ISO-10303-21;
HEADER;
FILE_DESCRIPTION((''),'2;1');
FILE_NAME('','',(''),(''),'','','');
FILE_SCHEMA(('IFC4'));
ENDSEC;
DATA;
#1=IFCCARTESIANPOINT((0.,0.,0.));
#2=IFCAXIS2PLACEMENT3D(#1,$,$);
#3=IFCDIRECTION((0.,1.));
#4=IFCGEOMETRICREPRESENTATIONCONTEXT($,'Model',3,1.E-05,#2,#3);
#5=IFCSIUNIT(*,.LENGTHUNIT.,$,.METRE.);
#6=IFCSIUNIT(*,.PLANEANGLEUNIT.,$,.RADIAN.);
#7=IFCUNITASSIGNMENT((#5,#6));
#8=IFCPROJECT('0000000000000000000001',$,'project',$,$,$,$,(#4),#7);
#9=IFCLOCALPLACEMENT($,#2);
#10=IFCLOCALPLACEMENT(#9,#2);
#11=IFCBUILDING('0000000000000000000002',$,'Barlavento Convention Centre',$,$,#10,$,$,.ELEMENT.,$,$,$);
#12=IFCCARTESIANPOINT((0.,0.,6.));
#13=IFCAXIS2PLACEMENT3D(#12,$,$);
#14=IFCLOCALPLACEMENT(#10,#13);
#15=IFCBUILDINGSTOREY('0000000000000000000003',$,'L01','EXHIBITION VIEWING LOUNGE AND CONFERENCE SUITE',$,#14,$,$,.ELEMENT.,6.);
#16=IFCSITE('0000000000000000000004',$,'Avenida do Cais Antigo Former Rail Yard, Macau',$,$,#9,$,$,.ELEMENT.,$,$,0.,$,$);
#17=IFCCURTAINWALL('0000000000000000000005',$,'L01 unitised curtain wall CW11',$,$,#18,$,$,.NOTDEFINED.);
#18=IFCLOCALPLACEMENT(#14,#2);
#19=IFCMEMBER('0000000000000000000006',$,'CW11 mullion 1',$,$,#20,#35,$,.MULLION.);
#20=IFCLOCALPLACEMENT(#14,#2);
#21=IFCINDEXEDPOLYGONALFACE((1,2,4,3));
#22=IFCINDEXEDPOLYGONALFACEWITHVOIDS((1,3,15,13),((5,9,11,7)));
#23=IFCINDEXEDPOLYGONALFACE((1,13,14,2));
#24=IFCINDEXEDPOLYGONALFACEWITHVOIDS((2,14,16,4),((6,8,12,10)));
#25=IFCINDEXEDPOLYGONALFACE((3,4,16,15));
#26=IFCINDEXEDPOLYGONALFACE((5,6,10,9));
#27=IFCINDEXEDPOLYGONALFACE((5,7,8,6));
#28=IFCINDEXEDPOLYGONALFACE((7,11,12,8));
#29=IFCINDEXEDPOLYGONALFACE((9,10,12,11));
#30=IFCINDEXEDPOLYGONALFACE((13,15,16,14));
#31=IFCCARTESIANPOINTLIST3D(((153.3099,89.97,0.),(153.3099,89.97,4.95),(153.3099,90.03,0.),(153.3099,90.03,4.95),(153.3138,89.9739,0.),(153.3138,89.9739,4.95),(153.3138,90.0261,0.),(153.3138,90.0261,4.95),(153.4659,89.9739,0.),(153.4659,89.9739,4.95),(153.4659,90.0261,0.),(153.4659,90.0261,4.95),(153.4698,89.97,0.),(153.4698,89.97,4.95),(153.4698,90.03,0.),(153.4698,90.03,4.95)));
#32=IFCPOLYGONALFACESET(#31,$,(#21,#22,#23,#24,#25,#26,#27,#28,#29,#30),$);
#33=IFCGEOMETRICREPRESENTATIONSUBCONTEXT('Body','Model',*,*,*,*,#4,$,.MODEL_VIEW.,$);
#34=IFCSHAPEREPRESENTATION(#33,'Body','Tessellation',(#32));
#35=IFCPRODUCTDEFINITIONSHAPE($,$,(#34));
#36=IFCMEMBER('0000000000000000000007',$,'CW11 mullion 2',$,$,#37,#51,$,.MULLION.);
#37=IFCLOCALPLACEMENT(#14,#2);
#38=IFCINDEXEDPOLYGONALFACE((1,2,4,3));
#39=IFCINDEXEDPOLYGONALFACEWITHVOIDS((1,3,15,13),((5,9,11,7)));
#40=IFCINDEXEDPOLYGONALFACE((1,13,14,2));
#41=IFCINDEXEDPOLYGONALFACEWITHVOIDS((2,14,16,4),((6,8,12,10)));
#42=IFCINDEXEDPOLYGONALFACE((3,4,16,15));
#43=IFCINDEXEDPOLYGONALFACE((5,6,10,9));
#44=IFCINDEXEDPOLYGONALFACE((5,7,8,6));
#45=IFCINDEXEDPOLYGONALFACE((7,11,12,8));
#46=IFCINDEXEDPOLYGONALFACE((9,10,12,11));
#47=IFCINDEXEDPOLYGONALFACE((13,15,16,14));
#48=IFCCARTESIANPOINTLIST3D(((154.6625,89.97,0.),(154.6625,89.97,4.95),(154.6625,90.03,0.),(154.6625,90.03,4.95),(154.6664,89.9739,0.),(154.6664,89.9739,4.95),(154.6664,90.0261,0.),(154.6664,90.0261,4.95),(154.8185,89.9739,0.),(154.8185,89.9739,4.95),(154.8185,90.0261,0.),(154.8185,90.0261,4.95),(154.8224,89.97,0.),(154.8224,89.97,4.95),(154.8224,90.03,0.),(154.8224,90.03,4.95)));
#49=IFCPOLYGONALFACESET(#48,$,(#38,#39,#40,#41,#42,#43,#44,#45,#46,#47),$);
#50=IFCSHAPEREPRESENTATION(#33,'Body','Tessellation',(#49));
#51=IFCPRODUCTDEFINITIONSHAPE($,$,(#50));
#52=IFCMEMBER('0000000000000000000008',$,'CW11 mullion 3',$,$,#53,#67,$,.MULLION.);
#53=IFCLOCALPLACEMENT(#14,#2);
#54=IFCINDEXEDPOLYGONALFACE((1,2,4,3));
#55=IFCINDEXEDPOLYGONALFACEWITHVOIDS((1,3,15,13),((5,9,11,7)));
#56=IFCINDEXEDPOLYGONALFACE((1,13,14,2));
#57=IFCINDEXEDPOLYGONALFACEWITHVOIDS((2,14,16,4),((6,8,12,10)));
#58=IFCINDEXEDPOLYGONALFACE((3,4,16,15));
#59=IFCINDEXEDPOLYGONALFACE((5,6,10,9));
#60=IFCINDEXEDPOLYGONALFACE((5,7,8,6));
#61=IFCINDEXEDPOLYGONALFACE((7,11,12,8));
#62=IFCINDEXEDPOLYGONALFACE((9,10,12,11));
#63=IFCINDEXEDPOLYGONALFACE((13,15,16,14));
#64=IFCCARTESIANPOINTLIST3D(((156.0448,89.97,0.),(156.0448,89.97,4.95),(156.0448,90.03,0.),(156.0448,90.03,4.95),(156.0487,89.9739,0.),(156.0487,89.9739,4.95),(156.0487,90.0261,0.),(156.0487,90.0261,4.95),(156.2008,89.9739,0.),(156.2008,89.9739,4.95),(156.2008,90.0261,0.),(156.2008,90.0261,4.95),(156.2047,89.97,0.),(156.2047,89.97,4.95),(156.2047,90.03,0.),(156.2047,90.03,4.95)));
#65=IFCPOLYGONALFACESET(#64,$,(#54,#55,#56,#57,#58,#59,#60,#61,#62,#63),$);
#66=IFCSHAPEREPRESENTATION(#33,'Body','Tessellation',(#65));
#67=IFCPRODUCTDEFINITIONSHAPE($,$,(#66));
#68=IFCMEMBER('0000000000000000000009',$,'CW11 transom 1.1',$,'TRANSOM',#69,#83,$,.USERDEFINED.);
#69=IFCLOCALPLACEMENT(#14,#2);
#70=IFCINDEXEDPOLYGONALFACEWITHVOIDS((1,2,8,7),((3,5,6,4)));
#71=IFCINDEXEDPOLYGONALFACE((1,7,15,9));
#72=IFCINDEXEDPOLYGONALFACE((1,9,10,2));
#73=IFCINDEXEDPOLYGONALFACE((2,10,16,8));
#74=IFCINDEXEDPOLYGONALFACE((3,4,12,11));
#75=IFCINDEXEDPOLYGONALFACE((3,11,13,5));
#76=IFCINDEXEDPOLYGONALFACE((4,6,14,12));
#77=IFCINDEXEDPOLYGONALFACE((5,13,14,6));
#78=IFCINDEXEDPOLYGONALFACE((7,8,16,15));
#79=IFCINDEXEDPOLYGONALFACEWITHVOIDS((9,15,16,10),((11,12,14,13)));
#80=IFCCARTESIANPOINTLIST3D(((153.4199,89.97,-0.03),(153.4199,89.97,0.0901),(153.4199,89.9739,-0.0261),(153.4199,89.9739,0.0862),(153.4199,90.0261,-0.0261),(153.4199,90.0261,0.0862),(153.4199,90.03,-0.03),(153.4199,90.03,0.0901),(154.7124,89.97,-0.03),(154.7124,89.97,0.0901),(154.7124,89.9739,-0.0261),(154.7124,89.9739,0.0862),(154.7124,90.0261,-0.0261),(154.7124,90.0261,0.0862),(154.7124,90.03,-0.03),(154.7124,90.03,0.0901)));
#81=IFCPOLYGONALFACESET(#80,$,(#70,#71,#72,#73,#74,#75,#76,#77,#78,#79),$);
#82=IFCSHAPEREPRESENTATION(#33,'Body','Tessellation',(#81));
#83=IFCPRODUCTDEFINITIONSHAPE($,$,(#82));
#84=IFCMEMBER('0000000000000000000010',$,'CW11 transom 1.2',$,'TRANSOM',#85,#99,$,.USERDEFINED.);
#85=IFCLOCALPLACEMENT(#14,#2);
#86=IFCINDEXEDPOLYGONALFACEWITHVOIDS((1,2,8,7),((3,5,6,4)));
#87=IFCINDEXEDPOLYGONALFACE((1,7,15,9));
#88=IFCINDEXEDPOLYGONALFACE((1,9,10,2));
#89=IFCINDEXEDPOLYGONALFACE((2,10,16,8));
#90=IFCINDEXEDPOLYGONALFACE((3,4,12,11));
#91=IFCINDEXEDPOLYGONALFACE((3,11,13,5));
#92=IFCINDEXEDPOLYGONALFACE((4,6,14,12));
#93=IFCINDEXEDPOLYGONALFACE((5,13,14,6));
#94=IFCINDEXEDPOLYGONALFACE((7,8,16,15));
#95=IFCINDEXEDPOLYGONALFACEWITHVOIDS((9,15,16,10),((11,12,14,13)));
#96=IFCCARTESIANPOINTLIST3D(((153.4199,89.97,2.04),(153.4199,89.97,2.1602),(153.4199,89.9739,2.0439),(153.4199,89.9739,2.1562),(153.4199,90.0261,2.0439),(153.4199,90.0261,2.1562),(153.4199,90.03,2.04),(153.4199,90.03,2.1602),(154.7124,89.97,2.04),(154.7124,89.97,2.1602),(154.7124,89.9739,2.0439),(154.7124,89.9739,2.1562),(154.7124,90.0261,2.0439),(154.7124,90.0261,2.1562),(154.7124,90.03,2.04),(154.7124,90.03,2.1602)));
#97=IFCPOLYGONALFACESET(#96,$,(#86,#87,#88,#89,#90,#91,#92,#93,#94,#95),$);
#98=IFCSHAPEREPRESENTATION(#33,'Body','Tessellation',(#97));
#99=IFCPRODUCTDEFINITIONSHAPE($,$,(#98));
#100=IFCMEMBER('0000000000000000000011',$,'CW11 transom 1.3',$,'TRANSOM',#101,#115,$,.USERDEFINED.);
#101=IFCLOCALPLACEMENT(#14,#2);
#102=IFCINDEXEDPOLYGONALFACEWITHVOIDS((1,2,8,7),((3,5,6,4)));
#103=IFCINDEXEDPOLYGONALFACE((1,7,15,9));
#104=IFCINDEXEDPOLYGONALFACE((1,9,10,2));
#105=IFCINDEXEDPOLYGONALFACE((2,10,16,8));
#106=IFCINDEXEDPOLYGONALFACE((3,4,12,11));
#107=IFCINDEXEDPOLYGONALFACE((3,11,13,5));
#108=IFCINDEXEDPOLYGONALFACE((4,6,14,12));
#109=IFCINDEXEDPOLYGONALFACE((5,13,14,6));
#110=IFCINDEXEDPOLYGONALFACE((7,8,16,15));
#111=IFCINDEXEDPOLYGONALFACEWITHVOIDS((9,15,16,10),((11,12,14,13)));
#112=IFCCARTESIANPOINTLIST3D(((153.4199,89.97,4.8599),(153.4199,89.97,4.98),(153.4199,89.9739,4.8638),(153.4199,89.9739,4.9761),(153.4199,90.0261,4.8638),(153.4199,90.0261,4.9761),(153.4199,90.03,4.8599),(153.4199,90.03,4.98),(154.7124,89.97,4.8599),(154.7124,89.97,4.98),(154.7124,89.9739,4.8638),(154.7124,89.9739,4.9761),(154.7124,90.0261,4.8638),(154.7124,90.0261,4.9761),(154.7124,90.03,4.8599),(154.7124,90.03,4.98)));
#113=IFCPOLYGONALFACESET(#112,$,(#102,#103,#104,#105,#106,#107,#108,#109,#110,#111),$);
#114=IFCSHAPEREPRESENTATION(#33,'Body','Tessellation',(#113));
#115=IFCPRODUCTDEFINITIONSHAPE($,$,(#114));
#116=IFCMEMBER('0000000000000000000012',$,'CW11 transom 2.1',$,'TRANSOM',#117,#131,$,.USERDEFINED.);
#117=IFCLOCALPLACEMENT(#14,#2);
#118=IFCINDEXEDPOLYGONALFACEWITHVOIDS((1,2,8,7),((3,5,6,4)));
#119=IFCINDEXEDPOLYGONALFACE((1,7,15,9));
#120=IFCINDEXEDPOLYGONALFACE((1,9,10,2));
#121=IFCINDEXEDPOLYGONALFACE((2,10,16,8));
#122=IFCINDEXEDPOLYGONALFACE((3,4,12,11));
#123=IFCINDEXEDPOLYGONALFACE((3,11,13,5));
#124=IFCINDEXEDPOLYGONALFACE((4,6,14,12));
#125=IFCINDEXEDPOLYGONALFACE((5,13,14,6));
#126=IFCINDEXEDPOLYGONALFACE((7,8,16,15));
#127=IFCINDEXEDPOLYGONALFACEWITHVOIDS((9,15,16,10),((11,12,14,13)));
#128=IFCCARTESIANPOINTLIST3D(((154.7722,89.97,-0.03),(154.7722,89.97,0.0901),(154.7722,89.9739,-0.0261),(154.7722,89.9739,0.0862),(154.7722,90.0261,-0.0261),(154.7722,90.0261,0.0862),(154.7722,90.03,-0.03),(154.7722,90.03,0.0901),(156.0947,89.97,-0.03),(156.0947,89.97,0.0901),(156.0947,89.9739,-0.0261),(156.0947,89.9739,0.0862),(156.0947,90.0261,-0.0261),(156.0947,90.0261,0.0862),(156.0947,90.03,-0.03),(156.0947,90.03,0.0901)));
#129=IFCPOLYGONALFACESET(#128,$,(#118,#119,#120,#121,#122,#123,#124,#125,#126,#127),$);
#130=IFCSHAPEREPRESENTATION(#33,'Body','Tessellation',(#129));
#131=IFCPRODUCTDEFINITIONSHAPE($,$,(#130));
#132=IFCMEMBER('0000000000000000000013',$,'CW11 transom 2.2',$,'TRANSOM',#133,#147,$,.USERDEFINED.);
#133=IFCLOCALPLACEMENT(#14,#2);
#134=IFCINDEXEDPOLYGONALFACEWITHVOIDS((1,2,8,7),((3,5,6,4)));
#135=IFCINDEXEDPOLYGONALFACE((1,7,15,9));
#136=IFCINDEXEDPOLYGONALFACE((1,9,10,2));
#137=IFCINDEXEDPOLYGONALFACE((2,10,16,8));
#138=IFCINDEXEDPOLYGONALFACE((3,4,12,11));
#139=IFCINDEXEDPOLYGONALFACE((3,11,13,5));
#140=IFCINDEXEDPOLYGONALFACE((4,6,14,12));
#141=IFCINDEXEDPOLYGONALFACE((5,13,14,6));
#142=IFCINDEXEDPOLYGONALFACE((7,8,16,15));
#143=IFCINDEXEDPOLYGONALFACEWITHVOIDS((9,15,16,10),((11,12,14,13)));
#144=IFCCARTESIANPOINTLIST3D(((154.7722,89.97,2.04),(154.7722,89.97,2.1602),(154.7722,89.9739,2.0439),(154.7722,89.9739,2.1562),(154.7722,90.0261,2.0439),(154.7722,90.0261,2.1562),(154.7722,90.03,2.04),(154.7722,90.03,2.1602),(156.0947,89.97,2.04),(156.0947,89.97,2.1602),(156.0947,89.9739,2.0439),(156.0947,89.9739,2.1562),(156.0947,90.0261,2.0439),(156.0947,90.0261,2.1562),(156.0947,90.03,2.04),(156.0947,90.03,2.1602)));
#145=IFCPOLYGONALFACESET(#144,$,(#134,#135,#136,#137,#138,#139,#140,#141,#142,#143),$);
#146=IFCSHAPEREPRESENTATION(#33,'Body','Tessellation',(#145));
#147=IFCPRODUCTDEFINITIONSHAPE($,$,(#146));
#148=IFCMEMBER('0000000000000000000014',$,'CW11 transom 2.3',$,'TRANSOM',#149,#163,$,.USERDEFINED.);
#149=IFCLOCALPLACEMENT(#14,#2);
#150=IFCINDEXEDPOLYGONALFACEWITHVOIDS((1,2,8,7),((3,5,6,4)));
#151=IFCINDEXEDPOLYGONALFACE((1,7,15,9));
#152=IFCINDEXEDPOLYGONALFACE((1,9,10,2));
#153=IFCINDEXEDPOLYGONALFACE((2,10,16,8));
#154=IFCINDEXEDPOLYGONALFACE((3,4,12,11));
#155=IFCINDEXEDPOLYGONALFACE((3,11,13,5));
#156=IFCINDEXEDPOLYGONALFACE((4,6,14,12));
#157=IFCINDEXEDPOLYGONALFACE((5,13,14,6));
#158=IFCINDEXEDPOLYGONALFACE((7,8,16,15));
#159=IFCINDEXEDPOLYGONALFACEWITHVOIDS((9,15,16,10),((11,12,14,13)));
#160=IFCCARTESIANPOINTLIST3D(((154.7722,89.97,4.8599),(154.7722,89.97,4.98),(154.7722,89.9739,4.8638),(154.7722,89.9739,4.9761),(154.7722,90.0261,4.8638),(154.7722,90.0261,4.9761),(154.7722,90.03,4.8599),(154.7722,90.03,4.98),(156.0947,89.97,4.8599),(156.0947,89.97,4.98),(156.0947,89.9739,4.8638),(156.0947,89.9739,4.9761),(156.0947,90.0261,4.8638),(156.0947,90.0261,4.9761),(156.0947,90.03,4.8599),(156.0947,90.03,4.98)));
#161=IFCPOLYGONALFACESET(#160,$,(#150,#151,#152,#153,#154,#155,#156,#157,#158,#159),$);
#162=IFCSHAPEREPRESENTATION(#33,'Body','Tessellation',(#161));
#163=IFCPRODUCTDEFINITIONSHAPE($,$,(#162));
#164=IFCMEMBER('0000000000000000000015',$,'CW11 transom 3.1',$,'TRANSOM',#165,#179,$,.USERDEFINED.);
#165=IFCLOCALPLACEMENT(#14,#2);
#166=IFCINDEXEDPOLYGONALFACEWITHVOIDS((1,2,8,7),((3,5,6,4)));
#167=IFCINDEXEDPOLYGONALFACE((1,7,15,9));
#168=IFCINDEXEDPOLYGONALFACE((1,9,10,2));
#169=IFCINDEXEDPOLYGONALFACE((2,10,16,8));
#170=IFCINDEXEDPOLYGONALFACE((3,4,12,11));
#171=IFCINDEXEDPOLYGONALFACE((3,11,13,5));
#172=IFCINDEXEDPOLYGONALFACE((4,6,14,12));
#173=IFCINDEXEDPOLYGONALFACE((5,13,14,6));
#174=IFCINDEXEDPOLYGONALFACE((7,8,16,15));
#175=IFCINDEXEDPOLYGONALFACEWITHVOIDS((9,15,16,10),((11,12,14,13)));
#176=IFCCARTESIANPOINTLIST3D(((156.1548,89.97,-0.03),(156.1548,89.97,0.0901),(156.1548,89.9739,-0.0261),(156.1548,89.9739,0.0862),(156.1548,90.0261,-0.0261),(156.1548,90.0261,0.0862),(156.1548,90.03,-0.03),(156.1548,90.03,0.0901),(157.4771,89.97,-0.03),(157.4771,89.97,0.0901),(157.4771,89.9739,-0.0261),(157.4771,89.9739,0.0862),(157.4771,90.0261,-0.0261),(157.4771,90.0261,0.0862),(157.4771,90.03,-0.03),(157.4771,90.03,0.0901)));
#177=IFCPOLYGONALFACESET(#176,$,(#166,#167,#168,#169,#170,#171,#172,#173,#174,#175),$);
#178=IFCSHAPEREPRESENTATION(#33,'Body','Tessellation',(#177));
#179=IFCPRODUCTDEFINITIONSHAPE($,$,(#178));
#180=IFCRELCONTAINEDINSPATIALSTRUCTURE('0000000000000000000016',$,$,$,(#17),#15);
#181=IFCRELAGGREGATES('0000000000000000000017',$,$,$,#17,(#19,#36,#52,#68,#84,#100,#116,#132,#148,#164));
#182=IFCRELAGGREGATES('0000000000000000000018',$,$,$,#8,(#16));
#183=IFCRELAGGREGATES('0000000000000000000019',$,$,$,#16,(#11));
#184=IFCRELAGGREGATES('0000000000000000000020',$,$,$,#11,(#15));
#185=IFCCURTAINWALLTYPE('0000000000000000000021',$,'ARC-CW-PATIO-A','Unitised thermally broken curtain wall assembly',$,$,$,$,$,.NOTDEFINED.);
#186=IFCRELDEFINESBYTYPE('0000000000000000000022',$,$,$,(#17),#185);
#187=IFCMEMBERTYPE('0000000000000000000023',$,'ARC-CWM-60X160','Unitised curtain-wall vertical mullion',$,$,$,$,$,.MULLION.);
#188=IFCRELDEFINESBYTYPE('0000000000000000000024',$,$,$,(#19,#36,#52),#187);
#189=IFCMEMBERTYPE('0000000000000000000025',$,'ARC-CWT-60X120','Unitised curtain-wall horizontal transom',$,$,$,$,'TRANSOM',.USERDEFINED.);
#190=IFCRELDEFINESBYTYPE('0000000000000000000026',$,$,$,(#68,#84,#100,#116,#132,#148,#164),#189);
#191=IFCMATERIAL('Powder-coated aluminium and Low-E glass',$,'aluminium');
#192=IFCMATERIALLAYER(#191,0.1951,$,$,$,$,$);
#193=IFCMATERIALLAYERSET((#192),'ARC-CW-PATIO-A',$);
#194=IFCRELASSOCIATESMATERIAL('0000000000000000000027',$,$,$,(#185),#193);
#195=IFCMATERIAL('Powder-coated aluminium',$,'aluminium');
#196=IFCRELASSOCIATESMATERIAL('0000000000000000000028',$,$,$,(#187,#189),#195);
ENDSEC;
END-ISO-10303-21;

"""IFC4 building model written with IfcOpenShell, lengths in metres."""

from ifc_helpers import new_model, si_unit, direction, frame, origin, origin_2d, place, context, subcontext, project, spatial, hollow_rectangle, extrude, material, layer, layer_set, material_profile, profile_set, type_object, element, aggregate, save


model = new_model("IFC4")

# Units and contexts
model_context = context("Model", 3, precision=1e-05, world=origin(), true_north=direction((0.0, 1.0)))
body_context = subcontext(model_context, "Body", "Model", "MODEL_VIEW")
ifc_project = project(units=[si_unit("LENGTHUNIT", "METRE"), si_unit("PLANEANGLEUNIT", "RADIAN")], contexts=[model_context])

# Site, building, storey
site_placement = place(None, origin())
site = spatial("IfcSite", under=ifc_project, at=site_placement, Name="Avenida do Cais Antigo Former Rail Yard, Macau", CompositionType="ELEMENT", RefElevation=0.0)
building_placement = place(site_placement, origin())
building = spatial("IfcBuilding", under=site, at=building_placement, Name="Barlavento Convention Centre", CompositionType="ELEMENT")
storey_placement = place(building_placement, frame((0.0, 0.0, 6.0)))
storey = spatial("IfcBuildingStorey", under=building, at=storey_placement, Name="L01", Description="EXHIBITION VIEWING LOUNGE AND CONFERENCE SUITE", CompositionType="ELEMENT", Elevation=6.0)

# Curtain wall, members
ifc_material_1 = material(Name="Powder-coated aluminium and Low-E glass", Category="aluminium")
ifc_layer_1 = layer(ifc_material_1, 0.1951)
ifc_layer_set_1 = layer_set([ifc_layer_1], Name="ARC-CW-PATIO-A")
curtain_wall_type = type_object("IfcCurtainWallType", Name="ARC-CW-PATIO-A", Description="Unitised thermally broken curtain wall assembly", PredefinedType="NOTDEFINED", material=ifc_layer_set_1)
curtain_wall_placement = place(storey_placement, origin())
curtain_wall = element("IfcCurtainWall", 1, at=curtain_wall_placement, inside=storey, type_object=curtain_wall_type, Name="L01 unitised curtain wall CW11", PredefinedType="NOTDEFINED")
ifc_material_2 = material(Name="Powder-coated aluminium", Category="aluminium")
ifc_material_profile_1 = material_profile(ifc_material_2, hollow_rectangle(XDim=0.0601, YDim=0.1599, WallThickness=0.0039, at=origin_2d()), Name="AL-MULL 60x160x4")
ifc_profile_set_1 = profile_set([ifc_material_profile_1], Name="Powder-coated aluminium")
member_type_1 = type_object("IfcMemberType", Name="ARC-CWM-60X160", Description="Unitised curtain-wall vertical mullion", PredefinedType="MULLION", material=ifc_profile_set_1)
member_1_placement = place(storey_placement, frame((153.3899, 90.0, 0.0), z_axis=(0.0, 0.0, 1.0), x_axis=(0.0, 1.0, 0.0)))
member_1 = element("IfcMember", 2, at=member_1_placement, type_object=member_type_1, Name="CW11 mullion 1", PredefinedType="MULLION", context=body_context, shape_type="SweptSolid", body=[
    extrude(hollow_rectangle(XDim=0.0601, YDim=0.1599, WallThickness=0.0039, at=origin_2d()), origin(), (0.0, 0.0, 1.0), 4.95),
])
member_2_placement = place(storey_placement, frame((154.7424, 90.0, 0.0), z_axis=(0.0, 0.0, 1.0), x_axis=(0.0, 1.0, 0.0)))
member_2 = element("IfcMember", 3, at=member_2_placement, type_object=member_type_1, Name="CW11 mullion 2", PredefinedType="MULLION", context=body_context, shape_type="SweptSolid", body=[
    extrude(hollow_rectangle(XDim=0.0601, YDim=0.1599, WallThickness=0.0039, at=origin_2d()), origin(), (0.0, 0.0, 1.0), 4.95),
])
member_3_placement = place(storey_placement, frame((156.1248, 90.0, 0.0), z_axis=(0.0, 0.0, 1.0), x_axis=(0.0, 1.0, 0.0)))
member_3 = element("IfcMember", 4, at=member_3_placement, type_object=member_type_1, Name="CW11 mullion 3", PredefinedType="MULLION", context=body_context, shape_type="SweptSolid", body=[
    extrude(hollow_rectangle(XDim=0.0601, YDim=0.1599, WallThickness=0.0039, at=origin_2d()), origin(), (0.0, 0.0, 1.0), 4.95),
])
ifc_material_profile_2 = material_profile(ifc_material_2, hollow_rectangle(XDim=0.0601, YDim=0.1201, WallThickness=0.0039, at=origin_2d()), Name="AL-TRAN 60x120x4")
ifc_profile_set_2 = profile_set([ifc_material_profile_2], Name="Powder-coated aluminium")
member_type_2 = type_object("IfcMemberType", Name="ARC-CWT-60X120", Description="Unitised curtain-wall horizontal transom", ElementType="TRANSOM", PredefinedType="USERDEFINED", material=ifc_profile_set_2)
member_4_placement = place(storey_placement, frame((153.4199, 90.0, 0.03), z_axis=(1.0, 0.0, 0.0), x_axis=(0.0, 1.0, 0.0)))
member_4 = element("IfcMember", 5, at=member_4_placement, type_object=member_type_2, Name="CW11 transom 1.1", ObjectType="TRANSOM", PredefinedType="USERDEFINED", context=body_context, shape_type="SweptSolid", body=[
    extrude(hollow_rectangle(XDim=0.0601, YDim=0.1201, WallThickness=0.0039, at=origin_2d()), origin(), (0.0, 0.0, 1.0), 1.2925),
])
member_5_placement = place(storey_placement, frame((153.4199, 90.0, 2.1001), z_axis=(1.0, 0.0, 0.0), x_axis=(0.0, 1.0, 0.0)))
member_5 = element("IfcMember", 6, at=member_5_placement, type_object=member_type_2, Name="CW11 transom 1.2", ObjectType="TRANSOM", PredefinedType="USERDEFINED", context=body_context, shape_type="SweptSolid", body=[
    extrude(hollow_rectangle(XDim=0.0601, YDim=0.1201, WallThickness=0.0039, at=origin_2d()), origin(), (0.0, 0.0, 1.0), 1.2925),
])
member_6_placement = place(storey_placement, frame((153.4199, 90.0, 4.9199), z_axis=(1.0, 0.0, 0.0), x_axis=(0.0, 1.0, 0.0)))
member_6 = element("IfcMember", 7, at=member_6_placement, type_object=member_type_2, Name="CW11 transom 1.3", ObjectType="TRANSOM", PredefinedType="USERDEFINED", context=body_context, shape_type="SweptSolid", body=[
    extrude(hollow_rectangle(XDim=0.0601, YDim=0.1201, WallThickness=0.0039, at=origin_2d()), origin(), (0.0, 0.0, 1.0), 1.2925),
])
member_7_placement = place(storey_placement, frame((154.7722, 90.0, 0.03), z_axis=(1.0, 0.0, 0.0), x_axis=(0.0, 1.0, 0.0)))
member_7 = element("IfcMember", 8, at=member_7_placement, type_object=member_type_2, Name="CW11 transom 2.1", ObjectType="TRANSOM", PredefinedType="USERDEFINED", context=body_context, shape_type="SweptSolid", body=[
    extrude(hollow_rectangle(XDim=0.0601, YDim=0.1201, WallThickness=0.0039, at=origin_2d()), origin(), (0.0, 0.0, 1.0), 1.3225),
])
member_8_placement = place(storey_placement, frame((154.7722, 90.0, 2.1001), z_axis=(1.0, 0.0, 0.0), x_axis=(0.0, 1.0, 0.0)))
member_8 = element("IfcMember", 9, at=member_8_placement, type_object=member_type_2, Name="CW11 transom 2.2", ObjectType="TRANSOM", PredefinedType="USERDEFINED", context=body_context, shape_type="SweptSolid", body=[
    extrude(hollow_rectangle(XDim=0.0601, YDim=0.1201, WallThickness=0.0039, at=origin_2d()), origin(), (0.0, 0.0, 1.0), 1.3225),
])
member_9_placement = place(storey_placement, frame((154.7722, 90.0, 4.9199), z_axis=(1.0, 0.0, 0.0), x_axis=(0.0, 1.0, 0.0)))
member_9 = element("IfcMember", 10, at=member_9_placement, type_object=member_type_2, Name="CW11 transom 2.3", ObjectType="TRANSOM", PredefinedType="USERDEFINED", context=body_context, shape_type="SweptSolid", body=[
    extrude(hollow_rectangle(XDim=0.0601, YDim=0.1201, WallThickness=0.0039, at=origin_2d()), origin(), (0.0, 0.0, 1.0), 1.3225),
])
member_10_placement = place(storey_placement, frame((156.1548, 90.0, 0.03), z_axis=(1.0, 0.0, 0.0), x_axis=(0.0, 1.0, 0.0)))
member_10 = element("IfcMember", 11, at=member_10_placement, type_object=member_type_2, Name="CW11 transom 3.1", ObjectType="TRANSOM", PredefinedType="USERDEFINED", context=body_context, shape_type="SweptSolid", body=[
    extrude(hollow_rectangle(XDim=0.0601, YDim=0.1201, WallThickness=0.0039, at=origin_2d()), origin(), (0.0, 0.0, 1.0), 1.3223),
])

aggregate(curtain_wall, [member_1, member_2, member_3, member_4, member_5, member_6, member_7, member_8, member_9, member_10])

save(model, "model.ifc")
